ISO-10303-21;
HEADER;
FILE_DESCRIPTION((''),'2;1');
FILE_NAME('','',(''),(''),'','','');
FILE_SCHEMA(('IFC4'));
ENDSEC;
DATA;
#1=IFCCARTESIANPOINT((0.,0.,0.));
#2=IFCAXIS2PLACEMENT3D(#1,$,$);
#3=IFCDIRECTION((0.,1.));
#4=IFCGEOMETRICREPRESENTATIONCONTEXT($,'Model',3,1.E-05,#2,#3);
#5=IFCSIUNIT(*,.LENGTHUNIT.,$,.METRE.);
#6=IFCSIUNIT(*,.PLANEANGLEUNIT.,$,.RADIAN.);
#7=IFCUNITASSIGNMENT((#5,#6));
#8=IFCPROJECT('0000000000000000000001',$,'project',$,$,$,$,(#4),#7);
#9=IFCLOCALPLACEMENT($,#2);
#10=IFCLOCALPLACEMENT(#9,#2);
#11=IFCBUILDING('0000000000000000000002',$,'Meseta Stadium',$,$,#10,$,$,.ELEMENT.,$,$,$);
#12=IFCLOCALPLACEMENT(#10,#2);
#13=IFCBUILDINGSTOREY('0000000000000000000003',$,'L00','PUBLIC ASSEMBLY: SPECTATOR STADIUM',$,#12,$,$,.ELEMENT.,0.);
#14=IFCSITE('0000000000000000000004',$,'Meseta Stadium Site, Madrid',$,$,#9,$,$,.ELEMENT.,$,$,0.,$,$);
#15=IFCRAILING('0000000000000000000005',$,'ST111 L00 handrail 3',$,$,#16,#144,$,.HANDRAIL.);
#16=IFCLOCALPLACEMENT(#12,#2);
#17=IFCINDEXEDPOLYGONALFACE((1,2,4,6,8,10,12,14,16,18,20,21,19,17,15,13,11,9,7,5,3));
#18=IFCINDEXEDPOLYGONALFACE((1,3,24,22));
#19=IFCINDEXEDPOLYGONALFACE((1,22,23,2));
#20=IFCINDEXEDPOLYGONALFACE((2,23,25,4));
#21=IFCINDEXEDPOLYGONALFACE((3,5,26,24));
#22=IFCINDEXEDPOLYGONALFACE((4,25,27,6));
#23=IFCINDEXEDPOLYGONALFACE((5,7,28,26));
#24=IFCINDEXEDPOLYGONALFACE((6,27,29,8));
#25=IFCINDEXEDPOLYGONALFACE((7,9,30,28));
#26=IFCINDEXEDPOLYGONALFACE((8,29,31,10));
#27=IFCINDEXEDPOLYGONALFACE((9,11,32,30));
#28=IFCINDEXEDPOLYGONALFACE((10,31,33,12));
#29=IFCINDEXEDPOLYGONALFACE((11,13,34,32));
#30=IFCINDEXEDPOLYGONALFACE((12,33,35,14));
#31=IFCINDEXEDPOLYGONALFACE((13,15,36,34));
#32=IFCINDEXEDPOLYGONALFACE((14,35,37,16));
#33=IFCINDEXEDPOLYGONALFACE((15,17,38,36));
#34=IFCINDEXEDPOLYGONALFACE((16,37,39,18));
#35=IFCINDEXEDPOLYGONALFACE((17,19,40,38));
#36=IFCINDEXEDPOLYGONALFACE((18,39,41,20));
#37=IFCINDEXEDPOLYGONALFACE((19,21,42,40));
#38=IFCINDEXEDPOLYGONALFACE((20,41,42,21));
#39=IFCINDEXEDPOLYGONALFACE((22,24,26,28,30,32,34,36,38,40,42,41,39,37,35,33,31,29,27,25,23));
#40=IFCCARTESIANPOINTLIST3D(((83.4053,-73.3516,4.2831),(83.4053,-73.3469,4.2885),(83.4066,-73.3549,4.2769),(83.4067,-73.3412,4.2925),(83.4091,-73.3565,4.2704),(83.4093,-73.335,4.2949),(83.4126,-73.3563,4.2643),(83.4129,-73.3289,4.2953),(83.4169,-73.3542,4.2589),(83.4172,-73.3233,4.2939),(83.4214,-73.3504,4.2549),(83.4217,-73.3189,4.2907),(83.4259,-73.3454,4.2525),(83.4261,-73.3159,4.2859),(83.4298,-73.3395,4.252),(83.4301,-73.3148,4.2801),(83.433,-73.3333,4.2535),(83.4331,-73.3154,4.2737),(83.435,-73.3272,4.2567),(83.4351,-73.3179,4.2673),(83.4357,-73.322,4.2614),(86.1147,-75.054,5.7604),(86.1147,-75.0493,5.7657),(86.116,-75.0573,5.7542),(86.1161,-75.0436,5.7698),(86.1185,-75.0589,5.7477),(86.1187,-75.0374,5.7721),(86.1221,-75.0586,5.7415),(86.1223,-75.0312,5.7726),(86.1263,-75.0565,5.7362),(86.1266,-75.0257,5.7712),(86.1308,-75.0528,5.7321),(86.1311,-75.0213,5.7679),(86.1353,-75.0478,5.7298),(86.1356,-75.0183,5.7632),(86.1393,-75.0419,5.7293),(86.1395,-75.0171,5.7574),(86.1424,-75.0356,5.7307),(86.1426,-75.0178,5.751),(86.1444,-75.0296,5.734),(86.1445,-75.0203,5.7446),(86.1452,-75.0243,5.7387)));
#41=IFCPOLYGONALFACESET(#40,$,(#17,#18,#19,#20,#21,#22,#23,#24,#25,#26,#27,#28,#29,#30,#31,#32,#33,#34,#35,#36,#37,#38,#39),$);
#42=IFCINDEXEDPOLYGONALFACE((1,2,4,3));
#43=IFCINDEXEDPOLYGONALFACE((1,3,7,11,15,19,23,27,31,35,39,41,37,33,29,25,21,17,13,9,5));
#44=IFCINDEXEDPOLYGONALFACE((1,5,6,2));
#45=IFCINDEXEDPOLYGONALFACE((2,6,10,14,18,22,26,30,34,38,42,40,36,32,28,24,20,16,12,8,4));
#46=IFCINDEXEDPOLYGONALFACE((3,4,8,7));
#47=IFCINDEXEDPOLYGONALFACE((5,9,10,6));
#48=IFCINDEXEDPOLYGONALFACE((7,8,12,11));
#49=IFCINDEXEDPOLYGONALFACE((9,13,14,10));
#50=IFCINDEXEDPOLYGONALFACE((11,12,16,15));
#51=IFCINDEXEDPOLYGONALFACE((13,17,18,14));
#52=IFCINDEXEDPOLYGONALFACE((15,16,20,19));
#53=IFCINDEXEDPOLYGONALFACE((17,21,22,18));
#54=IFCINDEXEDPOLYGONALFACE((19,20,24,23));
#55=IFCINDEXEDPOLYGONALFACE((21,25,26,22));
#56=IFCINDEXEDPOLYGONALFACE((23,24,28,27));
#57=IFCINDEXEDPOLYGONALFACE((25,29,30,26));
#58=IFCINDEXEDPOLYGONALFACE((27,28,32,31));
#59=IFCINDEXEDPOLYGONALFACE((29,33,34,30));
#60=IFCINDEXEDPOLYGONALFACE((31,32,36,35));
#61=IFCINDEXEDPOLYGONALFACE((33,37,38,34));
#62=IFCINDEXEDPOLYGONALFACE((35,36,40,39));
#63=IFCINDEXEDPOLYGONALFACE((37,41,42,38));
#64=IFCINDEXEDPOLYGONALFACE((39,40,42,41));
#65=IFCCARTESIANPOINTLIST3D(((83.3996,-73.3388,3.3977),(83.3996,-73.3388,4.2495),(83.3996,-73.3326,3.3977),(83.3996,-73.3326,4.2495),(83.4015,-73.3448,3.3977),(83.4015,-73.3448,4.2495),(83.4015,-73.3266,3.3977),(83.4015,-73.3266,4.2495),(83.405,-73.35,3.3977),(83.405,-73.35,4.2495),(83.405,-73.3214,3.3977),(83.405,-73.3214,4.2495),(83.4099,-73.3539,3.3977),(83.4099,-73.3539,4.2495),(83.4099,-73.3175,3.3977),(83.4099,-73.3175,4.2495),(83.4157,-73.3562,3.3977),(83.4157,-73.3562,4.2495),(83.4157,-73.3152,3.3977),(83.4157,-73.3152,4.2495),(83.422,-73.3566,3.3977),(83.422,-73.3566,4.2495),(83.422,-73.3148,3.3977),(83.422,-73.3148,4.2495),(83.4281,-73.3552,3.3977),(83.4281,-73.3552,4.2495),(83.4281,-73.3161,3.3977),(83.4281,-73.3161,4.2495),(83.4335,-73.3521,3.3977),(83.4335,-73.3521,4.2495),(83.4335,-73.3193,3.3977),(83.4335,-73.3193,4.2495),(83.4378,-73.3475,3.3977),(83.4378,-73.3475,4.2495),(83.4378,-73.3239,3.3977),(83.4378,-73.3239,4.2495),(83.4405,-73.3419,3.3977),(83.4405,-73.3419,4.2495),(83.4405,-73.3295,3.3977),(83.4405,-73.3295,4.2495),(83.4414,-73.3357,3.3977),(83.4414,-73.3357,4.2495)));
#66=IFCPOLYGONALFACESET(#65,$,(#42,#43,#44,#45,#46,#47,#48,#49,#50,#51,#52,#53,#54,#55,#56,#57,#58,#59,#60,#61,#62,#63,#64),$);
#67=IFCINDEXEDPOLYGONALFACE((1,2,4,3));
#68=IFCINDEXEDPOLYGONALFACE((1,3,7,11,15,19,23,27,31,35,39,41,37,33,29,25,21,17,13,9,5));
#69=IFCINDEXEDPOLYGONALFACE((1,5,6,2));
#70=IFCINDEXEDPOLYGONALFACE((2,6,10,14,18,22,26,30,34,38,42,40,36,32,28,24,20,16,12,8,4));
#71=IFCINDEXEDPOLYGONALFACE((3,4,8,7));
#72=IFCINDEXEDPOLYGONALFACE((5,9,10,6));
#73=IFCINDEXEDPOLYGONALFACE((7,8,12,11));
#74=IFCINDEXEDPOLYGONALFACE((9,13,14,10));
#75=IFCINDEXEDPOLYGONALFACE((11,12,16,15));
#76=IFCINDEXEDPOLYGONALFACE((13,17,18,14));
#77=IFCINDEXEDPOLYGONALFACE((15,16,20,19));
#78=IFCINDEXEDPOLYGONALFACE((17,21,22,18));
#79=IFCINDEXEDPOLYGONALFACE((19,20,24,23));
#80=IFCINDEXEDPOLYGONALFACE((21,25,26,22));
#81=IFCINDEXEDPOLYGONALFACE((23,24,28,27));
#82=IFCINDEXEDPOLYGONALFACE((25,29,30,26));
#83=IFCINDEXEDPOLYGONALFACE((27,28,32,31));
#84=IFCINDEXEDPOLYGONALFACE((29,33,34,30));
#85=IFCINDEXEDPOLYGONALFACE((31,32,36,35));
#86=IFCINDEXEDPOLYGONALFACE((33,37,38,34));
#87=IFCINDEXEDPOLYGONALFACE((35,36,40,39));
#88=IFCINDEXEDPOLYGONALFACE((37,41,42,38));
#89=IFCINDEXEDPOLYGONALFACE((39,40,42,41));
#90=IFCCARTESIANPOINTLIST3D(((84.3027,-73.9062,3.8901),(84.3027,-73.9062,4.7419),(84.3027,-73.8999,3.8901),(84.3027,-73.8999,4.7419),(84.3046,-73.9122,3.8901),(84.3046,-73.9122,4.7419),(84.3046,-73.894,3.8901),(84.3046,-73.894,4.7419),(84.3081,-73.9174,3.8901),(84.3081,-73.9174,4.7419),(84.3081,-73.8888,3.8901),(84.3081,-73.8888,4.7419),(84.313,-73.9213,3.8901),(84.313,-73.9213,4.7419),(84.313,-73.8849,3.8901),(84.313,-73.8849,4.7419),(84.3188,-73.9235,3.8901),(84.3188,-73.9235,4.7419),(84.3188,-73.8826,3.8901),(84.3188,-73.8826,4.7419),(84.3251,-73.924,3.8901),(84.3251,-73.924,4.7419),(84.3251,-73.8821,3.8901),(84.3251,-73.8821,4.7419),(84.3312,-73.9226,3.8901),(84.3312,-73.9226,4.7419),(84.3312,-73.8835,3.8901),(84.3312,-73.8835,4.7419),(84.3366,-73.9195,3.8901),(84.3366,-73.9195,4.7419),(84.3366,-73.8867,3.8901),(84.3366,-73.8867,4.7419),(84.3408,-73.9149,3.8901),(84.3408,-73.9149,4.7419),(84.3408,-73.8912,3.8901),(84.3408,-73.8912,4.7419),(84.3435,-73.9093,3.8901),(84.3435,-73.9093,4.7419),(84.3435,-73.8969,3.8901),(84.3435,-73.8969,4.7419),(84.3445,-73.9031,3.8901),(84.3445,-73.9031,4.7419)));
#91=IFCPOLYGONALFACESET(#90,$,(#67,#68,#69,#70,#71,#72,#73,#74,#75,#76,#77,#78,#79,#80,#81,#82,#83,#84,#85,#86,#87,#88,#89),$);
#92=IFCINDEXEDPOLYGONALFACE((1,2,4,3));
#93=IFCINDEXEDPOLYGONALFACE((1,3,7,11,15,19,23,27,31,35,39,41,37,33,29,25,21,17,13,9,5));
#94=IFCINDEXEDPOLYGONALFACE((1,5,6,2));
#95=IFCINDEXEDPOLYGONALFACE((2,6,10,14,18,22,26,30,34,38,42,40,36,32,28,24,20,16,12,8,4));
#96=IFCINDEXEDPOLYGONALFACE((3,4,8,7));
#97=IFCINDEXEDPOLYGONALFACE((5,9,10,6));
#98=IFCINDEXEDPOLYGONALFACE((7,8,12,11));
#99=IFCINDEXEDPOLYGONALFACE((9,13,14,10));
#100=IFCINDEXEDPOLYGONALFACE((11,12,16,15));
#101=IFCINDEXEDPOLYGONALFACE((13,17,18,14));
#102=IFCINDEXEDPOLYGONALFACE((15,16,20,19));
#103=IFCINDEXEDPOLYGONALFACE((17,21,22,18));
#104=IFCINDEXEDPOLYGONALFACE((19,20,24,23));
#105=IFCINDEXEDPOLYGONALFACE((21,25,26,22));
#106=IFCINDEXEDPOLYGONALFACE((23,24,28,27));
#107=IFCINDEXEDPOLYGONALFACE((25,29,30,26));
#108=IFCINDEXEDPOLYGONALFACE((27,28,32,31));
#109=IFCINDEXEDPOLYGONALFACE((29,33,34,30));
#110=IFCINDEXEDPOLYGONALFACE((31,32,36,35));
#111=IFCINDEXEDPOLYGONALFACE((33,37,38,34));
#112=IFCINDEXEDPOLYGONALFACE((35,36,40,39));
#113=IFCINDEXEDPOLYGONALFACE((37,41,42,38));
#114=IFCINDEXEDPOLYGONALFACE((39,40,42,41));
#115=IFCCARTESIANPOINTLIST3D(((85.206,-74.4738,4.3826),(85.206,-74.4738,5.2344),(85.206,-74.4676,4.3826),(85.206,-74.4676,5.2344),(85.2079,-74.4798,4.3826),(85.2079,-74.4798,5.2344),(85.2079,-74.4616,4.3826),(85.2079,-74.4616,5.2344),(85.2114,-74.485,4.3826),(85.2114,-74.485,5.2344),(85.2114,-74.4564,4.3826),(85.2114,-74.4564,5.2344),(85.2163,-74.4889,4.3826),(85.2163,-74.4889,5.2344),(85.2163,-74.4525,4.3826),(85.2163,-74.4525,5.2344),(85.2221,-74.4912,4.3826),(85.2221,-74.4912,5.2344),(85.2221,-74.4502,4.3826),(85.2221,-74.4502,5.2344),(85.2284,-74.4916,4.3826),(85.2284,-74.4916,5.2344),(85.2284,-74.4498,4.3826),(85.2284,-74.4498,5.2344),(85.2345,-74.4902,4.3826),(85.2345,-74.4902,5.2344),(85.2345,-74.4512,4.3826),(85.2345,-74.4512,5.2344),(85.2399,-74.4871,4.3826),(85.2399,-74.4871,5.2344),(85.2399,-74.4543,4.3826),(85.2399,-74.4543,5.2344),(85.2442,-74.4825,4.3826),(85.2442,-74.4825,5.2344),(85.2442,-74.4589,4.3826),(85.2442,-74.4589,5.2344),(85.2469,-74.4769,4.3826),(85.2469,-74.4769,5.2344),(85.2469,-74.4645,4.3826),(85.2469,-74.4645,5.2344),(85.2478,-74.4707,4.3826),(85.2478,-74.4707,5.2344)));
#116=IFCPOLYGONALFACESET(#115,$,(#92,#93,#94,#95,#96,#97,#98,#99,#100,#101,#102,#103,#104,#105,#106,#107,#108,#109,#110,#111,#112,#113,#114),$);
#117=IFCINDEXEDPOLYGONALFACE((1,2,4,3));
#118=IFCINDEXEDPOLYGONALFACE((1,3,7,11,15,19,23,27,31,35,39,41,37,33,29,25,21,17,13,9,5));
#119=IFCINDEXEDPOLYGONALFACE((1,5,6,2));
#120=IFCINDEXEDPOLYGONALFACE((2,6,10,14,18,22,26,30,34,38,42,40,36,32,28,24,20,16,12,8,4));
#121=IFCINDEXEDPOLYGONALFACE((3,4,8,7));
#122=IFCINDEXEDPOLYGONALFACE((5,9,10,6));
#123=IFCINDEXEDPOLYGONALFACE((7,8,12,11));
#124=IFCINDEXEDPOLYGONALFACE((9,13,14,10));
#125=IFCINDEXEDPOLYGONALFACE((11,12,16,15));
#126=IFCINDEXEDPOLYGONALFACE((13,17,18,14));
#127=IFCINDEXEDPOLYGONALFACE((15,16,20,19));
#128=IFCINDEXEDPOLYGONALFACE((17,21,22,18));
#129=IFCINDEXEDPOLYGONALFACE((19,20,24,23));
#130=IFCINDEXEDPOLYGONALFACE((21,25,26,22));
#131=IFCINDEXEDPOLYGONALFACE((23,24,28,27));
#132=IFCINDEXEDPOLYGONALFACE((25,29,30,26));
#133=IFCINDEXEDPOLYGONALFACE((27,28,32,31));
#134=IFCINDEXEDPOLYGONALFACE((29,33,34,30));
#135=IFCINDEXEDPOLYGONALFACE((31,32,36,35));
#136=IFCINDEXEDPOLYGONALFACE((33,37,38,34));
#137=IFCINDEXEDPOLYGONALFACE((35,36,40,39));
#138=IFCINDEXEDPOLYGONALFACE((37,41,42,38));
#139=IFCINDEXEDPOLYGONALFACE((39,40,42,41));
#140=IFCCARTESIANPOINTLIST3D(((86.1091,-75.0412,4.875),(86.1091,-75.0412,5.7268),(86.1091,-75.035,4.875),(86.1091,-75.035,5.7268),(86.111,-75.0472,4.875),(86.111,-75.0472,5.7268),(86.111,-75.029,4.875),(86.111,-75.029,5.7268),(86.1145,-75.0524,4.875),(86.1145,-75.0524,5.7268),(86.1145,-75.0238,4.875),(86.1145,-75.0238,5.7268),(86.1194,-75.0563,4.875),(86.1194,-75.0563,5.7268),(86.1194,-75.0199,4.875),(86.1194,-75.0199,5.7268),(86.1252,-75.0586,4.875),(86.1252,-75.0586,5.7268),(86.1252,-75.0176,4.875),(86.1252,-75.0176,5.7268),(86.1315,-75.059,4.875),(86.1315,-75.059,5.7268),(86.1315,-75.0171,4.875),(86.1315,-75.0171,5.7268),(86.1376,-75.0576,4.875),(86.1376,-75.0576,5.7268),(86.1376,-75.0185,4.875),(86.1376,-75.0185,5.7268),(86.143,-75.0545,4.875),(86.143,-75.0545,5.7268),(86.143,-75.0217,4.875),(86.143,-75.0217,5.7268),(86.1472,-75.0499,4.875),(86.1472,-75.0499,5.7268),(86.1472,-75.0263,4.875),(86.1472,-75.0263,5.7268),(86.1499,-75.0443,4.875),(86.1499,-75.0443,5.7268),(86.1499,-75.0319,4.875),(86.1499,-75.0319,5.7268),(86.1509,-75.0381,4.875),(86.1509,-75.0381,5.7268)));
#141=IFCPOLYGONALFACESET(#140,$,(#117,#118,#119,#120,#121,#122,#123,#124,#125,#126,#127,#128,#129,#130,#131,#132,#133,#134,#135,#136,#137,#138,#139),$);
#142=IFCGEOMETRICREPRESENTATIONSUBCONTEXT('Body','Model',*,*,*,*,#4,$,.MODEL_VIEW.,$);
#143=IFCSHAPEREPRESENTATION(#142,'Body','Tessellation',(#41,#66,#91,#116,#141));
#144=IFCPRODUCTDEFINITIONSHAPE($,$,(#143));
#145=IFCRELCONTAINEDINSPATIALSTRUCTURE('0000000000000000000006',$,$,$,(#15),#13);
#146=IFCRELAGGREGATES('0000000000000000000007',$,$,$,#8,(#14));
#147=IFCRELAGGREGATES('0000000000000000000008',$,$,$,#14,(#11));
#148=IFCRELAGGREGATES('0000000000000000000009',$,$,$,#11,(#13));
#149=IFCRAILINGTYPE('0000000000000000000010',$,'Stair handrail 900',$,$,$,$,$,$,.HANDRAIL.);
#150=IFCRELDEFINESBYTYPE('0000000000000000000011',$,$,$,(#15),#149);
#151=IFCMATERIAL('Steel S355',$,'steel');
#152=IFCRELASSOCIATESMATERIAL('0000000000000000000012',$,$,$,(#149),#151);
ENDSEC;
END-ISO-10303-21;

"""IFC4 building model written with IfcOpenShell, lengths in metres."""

from ifc_helpers import new_model, si_unit, direction, frame, origin, origin_2d, place, context, subcontext, project, spatial, circle, extrude, material, type_object, element, save


model = new_model("IFC4")

# Units and contexts
model_context = context("Model", 3, precision=1e-05, world=origin(), true_north=direction((0.0, 1.0)))
body_context = subcontext(model_context, "Body", "Model", "MODEL_VIEW")
ifc_project = project(units=[si_unit("LENGTHUNIT", "METRE"), si_unit("PLANEANGLEUNIT", "RADIAN")], contexts=[model_context])

# Site, building, storey
site_placement = place(None, origin())
site = spatial("IfcSite", under=ifc_project, at=site_placement, Name="Meseta Stadium Site, Madrid", CompositionType="ELEMENT", RefElevation=0.0)
building_placement = place(site_placement, origin())
building = spatial("IfcBuilding", under=site, at=building_placement, Name="Meseta Stadium", CompositionType="ELEMENT")
storey_placement = place(building_placement, origin())
storey = spatial("IfcBuildingStorey", under=building, at=storey_placement, Name="L00", Description="PUBLIC ASSEMBLY: SPECTATOR STADIUM", CompositionType="ELEMENT", Elevation=0.0)

# Railing
ifc_material_1 = material(Name="Steel S355", Category="steel")
railing_type_1 = type_object("IfcRailingType", Name="Stair handrail 900", PredefinedType="HANDRAIL", material=ifc_material_1)
for number, where, name in (
    (1, (83.4204, -73.3357, 3.3977), "ST111 L00 handrail 3"),
):
    element("IfcRailing", number, at=place(storey_placement, frame(where)), inside=storey, type_object=railing_type_1, Name=name, PredefinedType="HANDRAIL", context=body_context, shape_type="SweptSolid", body=[
        extrude(circle(Radius=0.0239, at=origin_2d()), frame((0.0, 0.0, 0.876), z_axis=(0.768764, -0.483023, 0.419156), x_axis=(0.532014, 0.846736, 0.0)), (0.0, 0.0, 1.0), 3.5244),
        extrude(circle(Radius=0.021, at=origin_2d()), origin(), (0.0, 0.0, 1.0), 0.8518),
        extrude(circle(Radius=0.021, at=origin_2d()), frame((0.9031, -0.5674, 0.4924)), (0.0, 0.0, 1.0), 0.8518),
        extrude(circle(Radius=0.021, at=origin_2d()), frame((1.8064, -1.135, 0.9849)), (0.0, 0.0, 1.0), 0.8518),
        extrude(circle(Radius=0.021, at=origin_2d()), frame((2.7095, -1.7024, 1.4773)), (0.0, 0.0, 1.0), 0.8518),
    ])

save(model, "model.ifc")
